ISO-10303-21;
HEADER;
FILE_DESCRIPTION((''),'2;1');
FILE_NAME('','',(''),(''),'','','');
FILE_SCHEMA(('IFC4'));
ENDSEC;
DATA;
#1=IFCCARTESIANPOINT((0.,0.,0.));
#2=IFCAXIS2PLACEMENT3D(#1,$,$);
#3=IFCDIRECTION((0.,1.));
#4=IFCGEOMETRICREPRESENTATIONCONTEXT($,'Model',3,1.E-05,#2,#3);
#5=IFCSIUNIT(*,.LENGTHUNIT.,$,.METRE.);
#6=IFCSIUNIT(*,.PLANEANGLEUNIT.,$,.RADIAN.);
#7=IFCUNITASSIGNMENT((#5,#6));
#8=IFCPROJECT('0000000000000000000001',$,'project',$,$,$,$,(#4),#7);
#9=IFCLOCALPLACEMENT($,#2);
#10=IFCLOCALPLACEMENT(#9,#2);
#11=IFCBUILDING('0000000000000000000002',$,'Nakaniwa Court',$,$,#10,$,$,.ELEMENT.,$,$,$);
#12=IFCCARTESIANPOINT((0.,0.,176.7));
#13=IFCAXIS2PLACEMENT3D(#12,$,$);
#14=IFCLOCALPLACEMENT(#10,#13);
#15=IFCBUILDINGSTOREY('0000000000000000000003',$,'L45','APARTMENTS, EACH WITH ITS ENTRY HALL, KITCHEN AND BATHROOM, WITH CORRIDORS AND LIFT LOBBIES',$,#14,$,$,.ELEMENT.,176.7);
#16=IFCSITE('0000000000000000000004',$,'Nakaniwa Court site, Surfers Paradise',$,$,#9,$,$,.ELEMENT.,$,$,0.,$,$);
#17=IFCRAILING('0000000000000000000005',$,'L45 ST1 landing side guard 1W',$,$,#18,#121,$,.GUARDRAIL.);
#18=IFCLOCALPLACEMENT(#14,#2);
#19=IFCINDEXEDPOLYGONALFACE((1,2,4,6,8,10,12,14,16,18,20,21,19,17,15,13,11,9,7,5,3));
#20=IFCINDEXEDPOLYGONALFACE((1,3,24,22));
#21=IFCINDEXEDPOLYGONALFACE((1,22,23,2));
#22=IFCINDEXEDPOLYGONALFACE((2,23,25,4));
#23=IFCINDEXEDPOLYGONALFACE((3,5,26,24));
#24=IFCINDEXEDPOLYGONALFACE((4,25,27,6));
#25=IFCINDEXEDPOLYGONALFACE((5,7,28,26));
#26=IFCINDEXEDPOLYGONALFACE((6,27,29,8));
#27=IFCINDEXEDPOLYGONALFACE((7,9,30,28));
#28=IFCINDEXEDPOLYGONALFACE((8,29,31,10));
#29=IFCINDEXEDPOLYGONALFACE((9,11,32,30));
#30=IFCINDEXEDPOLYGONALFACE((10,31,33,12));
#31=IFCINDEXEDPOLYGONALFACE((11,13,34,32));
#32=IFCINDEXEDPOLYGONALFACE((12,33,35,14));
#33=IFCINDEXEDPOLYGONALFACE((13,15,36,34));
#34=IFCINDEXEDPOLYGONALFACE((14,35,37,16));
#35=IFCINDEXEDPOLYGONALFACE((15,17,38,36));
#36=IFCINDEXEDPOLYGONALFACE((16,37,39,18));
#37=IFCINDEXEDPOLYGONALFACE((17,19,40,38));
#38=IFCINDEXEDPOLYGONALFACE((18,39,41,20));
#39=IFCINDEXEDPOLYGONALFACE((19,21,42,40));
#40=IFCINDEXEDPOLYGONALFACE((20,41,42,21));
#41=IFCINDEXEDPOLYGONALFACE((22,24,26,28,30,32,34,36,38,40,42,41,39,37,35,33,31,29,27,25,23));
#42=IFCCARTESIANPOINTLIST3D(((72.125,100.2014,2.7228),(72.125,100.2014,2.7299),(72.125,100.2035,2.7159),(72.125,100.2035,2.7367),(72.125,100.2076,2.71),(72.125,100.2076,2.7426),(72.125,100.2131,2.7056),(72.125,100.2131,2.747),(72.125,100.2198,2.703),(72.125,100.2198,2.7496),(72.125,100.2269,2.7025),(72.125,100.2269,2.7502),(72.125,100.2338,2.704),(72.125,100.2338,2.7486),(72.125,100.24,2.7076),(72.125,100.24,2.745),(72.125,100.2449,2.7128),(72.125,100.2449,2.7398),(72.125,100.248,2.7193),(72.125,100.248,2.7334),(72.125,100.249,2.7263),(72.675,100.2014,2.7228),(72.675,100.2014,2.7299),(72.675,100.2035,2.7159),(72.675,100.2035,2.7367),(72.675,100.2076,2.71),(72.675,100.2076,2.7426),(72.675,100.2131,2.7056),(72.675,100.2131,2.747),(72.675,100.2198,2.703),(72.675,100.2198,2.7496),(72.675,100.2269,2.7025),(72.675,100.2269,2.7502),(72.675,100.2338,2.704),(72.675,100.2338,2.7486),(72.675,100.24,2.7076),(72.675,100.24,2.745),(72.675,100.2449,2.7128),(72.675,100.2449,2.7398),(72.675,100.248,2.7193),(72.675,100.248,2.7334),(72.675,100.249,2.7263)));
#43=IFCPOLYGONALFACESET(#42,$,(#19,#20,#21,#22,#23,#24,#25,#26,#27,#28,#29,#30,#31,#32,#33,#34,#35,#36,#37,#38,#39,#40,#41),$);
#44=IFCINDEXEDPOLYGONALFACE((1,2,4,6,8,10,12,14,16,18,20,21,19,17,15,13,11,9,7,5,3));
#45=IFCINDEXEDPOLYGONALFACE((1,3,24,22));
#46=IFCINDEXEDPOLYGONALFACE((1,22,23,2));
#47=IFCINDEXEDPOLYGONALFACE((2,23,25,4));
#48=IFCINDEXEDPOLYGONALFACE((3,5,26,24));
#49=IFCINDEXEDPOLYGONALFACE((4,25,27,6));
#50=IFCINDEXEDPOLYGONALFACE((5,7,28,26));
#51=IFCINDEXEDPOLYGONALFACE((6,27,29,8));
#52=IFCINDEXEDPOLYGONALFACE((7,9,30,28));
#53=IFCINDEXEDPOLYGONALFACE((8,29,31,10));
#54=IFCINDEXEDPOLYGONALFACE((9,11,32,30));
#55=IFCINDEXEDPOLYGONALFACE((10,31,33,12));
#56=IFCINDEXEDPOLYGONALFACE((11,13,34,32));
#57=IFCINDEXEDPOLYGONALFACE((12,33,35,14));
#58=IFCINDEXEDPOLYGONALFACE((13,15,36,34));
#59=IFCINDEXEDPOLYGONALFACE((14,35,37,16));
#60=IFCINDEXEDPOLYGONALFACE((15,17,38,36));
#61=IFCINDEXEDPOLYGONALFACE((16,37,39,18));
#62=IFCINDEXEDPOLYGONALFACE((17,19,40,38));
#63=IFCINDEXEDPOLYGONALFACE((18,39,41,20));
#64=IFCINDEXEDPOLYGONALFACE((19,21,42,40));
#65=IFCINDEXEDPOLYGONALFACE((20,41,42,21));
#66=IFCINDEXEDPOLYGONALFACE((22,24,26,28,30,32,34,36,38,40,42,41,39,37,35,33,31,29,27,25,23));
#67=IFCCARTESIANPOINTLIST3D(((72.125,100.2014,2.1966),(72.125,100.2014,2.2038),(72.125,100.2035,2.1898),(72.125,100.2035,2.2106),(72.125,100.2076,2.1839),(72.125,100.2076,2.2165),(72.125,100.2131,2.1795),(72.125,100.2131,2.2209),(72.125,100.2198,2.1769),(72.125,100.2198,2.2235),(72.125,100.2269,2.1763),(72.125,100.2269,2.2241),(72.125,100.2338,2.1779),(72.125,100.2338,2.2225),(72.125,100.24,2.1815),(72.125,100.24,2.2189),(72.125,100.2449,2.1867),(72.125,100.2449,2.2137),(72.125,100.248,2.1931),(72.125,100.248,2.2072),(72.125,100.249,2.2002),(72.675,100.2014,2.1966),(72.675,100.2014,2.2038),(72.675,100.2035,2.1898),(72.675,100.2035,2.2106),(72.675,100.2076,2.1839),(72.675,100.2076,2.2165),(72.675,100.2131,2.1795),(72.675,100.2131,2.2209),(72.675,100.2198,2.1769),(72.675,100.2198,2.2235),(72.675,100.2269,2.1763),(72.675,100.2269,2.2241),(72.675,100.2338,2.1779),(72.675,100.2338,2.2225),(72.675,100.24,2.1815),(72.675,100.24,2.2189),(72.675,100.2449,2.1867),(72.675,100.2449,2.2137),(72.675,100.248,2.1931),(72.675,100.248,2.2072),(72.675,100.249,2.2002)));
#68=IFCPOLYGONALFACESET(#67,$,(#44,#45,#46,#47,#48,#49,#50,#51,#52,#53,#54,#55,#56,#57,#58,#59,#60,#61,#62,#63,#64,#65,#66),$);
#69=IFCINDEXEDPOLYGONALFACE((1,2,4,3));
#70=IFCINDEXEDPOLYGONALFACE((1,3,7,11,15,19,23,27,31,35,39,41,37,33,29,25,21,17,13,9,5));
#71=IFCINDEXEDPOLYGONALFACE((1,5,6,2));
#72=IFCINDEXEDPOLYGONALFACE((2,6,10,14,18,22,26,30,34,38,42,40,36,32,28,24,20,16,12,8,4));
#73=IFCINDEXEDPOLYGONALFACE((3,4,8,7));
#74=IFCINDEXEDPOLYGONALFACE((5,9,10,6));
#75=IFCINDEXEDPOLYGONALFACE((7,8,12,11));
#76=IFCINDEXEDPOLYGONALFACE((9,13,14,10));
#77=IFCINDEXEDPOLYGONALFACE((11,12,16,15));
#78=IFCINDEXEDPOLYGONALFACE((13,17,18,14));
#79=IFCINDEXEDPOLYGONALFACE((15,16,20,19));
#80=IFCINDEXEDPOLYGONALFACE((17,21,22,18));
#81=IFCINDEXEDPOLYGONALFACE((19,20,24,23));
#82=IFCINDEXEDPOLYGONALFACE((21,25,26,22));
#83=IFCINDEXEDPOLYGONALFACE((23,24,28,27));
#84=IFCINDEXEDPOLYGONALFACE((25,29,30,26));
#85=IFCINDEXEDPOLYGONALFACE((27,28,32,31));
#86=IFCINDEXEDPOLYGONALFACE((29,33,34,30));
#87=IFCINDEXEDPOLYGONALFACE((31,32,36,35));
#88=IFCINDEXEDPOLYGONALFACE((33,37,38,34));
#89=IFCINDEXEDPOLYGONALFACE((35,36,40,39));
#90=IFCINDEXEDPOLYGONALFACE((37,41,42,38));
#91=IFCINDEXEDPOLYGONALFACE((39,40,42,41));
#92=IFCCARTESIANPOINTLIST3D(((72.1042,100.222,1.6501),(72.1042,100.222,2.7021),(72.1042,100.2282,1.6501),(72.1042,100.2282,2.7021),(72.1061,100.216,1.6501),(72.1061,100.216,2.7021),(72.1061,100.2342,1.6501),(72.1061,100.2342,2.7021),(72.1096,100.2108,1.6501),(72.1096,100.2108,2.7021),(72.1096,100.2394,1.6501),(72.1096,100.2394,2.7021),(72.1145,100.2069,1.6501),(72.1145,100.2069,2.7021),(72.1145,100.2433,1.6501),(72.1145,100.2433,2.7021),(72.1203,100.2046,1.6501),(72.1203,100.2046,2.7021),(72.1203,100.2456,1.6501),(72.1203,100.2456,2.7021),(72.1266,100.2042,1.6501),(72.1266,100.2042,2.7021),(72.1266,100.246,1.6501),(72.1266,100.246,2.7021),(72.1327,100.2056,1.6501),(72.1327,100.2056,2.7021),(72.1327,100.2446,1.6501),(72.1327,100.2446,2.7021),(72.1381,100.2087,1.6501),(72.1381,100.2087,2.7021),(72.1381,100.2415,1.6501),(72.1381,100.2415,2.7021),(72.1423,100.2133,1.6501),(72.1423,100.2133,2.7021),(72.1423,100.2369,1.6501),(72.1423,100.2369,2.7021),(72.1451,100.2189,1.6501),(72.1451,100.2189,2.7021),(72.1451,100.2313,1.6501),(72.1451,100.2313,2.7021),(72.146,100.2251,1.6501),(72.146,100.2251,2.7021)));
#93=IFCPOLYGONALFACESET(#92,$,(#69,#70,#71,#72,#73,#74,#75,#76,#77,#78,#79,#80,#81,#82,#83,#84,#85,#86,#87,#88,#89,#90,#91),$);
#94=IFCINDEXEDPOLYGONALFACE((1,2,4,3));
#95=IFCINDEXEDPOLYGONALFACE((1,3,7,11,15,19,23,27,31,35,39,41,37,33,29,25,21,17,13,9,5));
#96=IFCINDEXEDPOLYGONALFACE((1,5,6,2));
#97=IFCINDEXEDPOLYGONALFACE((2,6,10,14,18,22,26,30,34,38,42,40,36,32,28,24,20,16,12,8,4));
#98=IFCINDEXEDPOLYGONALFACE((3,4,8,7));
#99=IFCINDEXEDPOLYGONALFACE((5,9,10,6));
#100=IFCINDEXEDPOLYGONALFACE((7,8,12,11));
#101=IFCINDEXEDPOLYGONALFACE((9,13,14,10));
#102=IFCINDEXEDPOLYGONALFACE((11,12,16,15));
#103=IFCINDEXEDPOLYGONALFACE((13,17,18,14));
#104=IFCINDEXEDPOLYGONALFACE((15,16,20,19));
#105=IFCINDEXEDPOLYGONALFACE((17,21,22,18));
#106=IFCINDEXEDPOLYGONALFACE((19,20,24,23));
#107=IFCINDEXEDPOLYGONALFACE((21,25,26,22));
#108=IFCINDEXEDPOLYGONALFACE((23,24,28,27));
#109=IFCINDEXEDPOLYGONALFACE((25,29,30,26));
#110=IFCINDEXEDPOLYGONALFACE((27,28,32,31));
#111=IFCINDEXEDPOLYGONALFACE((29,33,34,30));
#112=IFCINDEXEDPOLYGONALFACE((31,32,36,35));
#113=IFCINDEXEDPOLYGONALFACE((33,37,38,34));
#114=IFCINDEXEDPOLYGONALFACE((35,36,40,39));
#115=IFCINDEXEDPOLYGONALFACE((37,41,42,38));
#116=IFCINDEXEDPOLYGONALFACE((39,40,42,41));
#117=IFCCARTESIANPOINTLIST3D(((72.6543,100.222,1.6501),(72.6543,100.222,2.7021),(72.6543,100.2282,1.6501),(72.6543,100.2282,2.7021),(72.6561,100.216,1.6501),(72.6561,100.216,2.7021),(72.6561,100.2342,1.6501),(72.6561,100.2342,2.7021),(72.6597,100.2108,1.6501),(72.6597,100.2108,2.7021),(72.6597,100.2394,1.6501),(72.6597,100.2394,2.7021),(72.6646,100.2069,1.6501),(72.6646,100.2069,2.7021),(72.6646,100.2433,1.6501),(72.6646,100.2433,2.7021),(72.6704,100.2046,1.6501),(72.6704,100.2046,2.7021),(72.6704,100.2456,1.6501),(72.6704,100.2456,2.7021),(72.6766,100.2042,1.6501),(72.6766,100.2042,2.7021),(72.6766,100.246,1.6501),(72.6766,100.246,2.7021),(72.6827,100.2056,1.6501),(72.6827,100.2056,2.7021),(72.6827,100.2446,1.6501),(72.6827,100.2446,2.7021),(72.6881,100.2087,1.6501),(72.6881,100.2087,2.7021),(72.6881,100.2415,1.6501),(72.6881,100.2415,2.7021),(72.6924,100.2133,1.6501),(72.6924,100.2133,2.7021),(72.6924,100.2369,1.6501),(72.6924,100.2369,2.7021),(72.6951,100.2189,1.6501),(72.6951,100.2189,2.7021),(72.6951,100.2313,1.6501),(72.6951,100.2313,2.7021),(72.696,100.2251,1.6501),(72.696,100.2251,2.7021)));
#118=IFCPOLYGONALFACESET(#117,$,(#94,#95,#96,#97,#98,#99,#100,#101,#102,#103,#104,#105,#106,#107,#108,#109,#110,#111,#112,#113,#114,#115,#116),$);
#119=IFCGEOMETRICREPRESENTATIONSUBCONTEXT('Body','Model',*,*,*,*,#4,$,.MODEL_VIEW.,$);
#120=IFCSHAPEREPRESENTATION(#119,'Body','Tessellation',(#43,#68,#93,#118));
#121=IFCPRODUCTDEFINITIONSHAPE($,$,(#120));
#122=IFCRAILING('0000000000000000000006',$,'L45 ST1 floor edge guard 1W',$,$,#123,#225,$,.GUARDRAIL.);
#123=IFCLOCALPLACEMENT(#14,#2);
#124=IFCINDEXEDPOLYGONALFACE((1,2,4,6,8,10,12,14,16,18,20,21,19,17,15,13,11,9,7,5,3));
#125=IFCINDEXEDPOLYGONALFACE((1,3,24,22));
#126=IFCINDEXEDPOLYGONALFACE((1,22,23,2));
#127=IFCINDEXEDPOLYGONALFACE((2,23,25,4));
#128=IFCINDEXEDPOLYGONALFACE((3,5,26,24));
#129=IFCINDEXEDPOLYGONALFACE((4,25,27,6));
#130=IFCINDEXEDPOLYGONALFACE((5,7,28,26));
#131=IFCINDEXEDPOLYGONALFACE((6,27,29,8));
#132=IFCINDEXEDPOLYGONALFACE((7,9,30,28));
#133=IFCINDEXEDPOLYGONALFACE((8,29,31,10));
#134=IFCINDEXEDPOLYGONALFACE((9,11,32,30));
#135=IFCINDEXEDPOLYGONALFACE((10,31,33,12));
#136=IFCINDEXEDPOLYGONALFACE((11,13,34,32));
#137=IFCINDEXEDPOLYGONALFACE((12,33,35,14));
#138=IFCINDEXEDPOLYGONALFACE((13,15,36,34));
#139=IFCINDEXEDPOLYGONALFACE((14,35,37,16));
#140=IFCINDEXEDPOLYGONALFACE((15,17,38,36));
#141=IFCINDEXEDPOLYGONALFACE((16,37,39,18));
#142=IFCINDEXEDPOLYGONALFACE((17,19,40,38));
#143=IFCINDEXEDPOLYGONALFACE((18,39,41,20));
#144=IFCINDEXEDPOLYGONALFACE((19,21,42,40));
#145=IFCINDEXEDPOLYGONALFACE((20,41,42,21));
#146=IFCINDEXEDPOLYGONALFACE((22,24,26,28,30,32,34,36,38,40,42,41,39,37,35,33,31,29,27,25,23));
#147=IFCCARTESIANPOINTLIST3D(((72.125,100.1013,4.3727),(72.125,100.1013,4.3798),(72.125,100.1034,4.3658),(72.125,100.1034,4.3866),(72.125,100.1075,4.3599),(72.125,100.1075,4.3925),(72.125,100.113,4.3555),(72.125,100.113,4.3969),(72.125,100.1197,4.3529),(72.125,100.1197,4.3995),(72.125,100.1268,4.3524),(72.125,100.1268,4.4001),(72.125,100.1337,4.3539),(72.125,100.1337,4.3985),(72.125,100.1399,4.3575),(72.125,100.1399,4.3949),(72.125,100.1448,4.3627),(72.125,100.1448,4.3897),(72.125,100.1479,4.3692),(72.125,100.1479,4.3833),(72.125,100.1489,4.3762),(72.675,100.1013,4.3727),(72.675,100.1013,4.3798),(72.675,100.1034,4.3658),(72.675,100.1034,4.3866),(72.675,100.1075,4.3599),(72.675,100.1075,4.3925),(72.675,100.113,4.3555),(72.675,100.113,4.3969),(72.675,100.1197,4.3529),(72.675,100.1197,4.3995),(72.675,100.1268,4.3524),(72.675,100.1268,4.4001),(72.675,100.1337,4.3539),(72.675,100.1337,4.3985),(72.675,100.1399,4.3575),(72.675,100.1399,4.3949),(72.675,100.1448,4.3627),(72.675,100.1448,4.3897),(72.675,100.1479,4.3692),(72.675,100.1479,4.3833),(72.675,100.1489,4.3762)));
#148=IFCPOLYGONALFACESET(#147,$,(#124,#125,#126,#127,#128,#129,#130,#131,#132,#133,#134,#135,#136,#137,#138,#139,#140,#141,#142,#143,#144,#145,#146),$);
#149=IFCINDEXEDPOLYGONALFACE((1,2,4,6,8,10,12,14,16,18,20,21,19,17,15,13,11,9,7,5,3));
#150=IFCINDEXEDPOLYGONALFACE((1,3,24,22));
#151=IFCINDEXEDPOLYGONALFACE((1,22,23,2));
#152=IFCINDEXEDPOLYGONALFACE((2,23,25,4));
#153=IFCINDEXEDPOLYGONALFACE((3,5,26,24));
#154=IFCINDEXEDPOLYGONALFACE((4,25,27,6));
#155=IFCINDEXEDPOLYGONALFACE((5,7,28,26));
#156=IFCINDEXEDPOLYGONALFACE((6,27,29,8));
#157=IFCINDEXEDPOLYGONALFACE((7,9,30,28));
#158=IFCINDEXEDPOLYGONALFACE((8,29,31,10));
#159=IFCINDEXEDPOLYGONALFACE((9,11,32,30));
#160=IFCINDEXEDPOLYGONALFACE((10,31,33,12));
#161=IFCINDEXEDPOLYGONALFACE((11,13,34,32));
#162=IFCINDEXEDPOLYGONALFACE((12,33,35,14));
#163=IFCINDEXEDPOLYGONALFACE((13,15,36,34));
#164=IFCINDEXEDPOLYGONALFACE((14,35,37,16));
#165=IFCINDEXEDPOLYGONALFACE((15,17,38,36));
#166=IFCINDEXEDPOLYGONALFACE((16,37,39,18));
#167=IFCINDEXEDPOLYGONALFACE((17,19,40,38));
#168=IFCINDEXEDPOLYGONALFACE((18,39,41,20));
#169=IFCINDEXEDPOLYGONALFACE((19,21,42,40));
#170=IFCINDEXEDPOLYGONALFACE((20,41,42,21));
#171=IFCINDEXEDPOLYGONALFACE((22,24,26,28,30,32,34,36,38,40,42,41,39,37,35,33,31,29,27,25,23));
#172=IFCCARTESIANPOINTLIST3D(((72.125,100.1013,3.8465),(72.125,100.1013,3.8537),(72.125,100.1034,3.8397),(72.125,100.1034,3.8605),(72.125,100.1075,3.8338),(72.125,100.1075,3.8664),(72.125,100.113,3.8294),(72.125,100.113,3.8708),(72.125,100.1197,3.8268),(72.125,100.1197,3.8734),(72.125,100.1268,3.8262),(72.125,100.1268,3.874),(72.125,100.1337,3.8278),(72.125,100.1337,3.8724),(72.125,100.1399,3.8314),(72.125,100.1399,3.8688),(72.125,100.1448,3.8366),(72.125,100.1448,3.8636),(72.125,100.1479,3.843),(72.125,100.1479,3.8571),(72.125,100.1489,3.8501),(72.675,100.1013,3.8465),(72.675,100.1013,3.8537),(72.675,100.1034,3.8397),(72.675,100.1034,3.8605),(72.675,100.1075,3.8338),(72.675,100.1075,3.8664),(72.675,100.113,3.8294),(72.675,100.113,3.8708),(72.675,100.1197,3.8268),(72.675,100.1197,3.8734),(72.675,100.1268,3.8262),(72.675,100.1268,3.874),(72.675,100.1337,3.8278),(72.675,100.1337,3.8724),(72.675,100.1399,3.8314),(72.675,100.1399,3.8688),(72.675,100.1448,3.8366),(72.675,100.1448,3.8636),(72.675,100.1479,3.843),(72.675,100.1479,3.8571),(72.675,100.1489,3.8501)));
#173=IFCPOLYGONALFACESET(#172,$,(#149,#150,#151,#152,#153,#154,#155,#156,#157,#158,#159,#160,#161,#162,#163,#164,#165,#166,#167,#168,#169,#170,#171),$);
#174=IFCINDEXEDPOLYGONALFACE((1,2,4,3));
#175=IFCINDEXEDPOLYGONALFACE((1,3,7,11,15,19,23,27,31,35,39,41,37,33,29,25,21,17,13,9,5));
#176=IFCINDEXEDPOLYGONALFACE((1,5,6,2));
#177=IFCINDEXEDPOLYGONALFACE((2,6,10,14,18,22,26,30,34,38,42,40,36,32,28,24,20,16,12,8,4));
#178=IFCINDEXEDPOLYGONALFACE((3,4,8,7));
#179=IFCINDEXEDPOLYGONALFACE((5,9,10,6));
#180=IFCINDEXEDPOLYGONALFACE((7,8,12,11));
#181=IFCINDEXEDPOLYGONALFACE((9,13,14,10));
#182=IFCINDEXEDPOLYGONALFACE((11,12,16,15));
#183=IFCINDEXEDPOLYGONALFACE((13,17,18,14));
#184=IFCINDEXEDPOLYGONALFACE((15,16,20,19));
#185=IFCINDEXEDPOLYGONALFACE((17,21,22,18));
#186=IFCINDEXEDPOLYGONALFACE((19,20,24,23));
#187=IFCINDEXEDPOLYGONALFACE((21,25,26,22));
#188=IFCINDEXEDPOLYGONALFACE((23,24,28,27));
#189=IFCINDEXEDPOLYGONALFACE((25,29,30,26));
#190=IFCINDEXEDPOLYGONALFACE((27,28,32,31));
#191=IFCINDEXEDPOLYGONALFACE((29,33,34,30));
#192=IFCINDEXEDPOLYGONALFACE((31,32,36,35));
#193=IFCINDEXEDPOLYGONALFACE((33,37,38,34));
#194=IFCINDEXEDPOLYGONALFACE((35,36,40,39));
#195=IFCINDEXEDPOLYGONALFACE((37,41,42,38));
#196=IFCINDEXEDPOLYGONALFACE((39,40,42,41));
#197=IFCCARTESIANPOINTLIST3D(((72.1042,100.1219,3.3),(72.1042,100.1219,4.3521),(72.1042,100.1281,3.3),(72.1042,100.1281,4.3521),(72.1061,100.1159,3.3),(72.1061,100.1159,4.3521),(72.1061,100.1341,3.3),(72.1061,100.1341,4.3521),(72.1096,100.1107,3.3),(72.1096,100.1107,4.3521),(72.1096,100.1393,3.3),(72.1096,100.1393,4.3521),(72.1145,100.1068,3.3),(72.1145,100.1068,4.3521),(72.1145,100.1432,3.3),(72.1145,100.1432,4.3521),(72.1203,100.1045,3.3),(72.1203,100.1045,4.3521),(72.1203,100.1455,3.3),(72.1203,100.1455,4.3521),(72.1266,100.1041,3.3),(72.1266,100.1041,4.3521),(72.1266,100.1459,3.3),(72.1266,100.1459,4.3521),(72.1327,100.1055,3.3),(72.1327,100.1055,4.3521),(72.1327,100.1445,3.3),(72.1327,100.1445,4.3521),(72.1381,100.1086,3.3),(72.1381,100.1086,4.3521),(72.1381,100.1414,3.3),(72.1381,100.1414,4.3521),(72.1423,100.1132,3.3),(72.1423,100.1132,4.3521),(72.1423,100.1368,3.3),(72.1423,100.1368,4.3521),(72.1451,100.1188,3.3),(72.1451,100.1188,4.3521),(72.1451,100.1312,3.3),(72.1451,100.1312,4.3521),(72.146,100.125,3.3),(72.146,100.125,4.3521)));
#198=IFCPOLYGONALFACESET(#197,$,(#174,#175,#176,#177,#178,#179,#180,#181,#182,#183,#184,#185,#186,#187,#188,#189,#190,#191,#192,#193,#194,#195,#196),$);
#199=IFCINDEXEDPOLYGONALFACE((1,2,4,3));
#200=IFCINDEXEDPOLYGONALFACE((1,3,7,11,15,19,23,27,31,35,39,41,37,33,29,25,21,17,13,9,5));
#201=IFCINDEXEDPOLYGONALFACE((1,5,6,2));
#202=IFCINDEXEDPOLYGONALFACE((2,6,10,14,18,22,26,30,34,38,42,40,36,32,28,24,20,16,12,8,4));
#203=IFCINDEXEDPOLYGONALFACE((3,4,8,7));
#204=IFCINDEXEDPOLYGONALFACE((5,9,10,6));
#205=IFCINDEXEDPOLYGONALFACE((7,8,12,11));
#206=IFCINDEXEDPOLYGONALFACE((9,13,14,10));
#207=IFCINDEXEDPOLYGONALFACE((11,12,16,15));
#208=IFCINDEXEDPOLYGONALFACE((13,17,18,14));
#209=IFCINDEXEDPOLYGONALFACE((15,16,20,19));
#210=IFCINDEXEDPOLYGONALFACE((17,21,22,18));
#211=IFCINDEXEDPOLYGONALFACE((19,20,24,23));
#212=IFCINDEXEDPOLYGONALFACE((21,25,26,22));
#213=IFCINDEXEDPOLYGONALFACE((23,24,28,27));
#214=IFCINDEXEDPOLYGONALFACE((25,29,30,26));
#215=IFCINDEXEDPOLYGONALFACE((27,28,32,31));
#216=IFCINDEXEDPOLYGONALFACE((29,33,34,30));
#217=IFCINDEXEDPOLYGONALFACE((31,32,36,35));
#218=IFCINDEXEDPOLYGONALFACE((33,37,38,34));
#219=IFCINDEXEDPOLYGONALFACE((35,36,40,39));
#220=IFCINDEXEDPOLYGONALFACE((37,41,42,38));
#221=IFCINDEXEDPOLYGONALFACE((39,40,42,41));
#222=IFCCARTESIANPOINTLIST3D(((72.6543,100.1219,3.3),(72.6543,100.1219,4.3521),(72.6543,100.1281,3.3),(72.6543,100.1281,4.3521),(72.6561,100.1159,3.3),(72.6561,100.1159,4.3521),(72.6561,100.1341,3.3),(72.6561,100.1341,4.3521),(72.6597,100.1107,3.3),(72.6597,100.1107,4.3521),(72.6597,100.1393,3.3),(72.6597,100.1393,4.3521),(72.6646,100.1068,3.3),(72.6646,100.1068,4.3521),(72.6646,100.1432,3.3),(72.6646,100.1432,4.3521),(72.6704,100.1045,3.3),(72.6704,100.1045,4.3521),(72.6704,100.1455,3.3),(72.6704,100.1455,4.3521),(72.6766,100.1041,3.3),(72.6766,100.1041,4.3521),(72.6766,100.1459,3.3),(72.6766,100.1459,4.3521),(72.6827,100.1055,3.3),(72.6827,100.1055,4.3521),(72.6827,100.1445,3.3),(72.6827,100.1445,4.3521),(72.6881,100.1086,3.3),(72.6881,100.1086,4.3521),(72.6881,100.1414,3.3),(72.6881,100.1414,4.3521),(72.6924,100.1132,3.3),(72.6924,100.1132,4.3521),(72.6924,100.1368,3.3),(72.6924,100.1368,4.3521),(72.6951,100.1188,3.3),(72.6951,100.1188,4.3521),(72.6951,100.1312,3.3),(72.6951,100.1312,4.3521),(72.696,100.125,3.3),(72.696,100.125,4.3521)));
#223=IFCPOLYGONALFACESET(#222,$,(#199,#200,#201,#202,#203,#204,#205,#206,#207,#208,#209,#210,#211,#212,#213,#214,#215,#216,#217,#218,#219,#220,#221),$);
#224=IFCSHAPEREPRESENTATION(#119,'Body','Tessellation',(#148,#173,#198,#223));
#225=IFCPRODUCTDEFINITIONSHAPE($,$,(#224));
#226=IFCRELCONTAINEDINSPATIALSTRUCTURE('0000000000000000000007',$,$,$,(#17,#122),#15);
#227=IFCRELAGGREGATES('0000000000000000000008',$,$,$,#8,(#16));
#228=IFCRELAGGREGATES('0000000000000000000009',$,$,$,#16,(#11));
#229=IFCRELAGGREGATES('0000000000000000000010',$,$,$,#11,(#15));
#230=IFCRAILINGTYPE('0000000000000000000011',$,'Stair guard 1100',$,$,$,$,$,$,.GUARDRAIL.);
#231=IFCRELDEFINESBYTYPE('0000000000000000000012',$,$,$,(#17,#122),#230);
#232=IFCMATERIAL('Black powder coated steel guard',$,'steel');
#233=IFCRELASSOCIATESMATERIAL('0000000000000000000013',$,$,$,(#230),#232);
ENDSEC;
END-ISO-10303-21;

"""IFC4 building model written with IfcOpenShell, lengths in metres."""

from ifc_helpers import new_model, si_unit, direction, frame, origin, origin_2d, place, context, subcontext, project, spatial, circle, extrude, material, type_object, element, save


model = new_model("IFC4")

# Units and contexts
model_context = context("Model", 3, precision=1e-05, world=origin(), true_north=direction((0.0, 1.0)))
body_context = subcontext(model_context, "Body", "Model", "MODEL_VIEW")
ifc_project = project(units=[si_unit("LENGTHUNIT", "METRE"), si_unit("PLANEANGLEUNIT", "RADIAN")], contexts=[model_context])

# Site, building, storey
site_placement = place(None, origin())
site = spatial("IfcSite", under=ifc_project, at=site_placement, Name="Nakaniwa Court site, Surfers Paradise", CompositionType="ELEMENT", RefElevation=0.0)
building_placement = place(site_placement, origin())
building = spatial("IfcBuilding", under=site, at=building_placement, Name="Nakaniwa Court", CompositionType="ELEMENT")
storey_placement = place(building_placement, frame((0.0, 0.0, 176.7)))
storey = spatial("IfcBuildingStorey", under=building, at=storey_placement, Name="L45", Description="APARTMENTS, EACH WITH ITS ENTRY HALL, KITCHEN AND BATHROOM, WITH CORRIDORS AND LIFT LOBBIES", CompositionType="ELEMENT", Elevation=176.7)

# Railings
ifc_material_1 = material(Name="Black powder coated steel guard", Category="steel")
railing_type_1 = type_object("IfcRailingType", Name="Stair guard 1100", PredefinedType="GUARDRAIL", material=ifc_material_1)
for number, where, name in (
    (1, (72.125, 100.2251, 1.6501), "L45 ST1 landing side guard 1W"),
    (2, (72.125, 100.125, 3.3), "L45 ST1 floor edge guard 1W"),
):
    element("IfcRailing", number, at=place(storey_placement, frame(where)), inside=storey, type_object=railing_type_1, Name=name, PredefinedType="GUARDRAIL", context=body_context, shape_type="SweptSolid", body=[
        extrude(circle(Radius=0.0239, at=origin_2d()), frame((0.0, 0.0, 1.0762), z_axis=(1.0, 0.0, 0.0), x_axis=(0.0, 1.0, 0.0)), (0.0, 0.0, 1.0), 0.55),
        extrude(circle(Radius=0.0239, at=origin_2d()), frame((0.0, 0.0, 0.55), z_axis=(1.0, 0.0, 0.0), x_axis=(0.0, 1.0, 0.0)), (0.0, 0.0, 1.0), 0.55),
        extrude(circle(Radius=0.021, at=origin_2d()), origin(), (0.0, 0.0, 1.0), 1.052),
        extrude(circle(Radius=0.021, at=origin_2d()), frame((0.55, 0.0, 0.0)), (0.0, 0.0, 1.0), 1.052),
    ])

save(model, "model.ifc")
